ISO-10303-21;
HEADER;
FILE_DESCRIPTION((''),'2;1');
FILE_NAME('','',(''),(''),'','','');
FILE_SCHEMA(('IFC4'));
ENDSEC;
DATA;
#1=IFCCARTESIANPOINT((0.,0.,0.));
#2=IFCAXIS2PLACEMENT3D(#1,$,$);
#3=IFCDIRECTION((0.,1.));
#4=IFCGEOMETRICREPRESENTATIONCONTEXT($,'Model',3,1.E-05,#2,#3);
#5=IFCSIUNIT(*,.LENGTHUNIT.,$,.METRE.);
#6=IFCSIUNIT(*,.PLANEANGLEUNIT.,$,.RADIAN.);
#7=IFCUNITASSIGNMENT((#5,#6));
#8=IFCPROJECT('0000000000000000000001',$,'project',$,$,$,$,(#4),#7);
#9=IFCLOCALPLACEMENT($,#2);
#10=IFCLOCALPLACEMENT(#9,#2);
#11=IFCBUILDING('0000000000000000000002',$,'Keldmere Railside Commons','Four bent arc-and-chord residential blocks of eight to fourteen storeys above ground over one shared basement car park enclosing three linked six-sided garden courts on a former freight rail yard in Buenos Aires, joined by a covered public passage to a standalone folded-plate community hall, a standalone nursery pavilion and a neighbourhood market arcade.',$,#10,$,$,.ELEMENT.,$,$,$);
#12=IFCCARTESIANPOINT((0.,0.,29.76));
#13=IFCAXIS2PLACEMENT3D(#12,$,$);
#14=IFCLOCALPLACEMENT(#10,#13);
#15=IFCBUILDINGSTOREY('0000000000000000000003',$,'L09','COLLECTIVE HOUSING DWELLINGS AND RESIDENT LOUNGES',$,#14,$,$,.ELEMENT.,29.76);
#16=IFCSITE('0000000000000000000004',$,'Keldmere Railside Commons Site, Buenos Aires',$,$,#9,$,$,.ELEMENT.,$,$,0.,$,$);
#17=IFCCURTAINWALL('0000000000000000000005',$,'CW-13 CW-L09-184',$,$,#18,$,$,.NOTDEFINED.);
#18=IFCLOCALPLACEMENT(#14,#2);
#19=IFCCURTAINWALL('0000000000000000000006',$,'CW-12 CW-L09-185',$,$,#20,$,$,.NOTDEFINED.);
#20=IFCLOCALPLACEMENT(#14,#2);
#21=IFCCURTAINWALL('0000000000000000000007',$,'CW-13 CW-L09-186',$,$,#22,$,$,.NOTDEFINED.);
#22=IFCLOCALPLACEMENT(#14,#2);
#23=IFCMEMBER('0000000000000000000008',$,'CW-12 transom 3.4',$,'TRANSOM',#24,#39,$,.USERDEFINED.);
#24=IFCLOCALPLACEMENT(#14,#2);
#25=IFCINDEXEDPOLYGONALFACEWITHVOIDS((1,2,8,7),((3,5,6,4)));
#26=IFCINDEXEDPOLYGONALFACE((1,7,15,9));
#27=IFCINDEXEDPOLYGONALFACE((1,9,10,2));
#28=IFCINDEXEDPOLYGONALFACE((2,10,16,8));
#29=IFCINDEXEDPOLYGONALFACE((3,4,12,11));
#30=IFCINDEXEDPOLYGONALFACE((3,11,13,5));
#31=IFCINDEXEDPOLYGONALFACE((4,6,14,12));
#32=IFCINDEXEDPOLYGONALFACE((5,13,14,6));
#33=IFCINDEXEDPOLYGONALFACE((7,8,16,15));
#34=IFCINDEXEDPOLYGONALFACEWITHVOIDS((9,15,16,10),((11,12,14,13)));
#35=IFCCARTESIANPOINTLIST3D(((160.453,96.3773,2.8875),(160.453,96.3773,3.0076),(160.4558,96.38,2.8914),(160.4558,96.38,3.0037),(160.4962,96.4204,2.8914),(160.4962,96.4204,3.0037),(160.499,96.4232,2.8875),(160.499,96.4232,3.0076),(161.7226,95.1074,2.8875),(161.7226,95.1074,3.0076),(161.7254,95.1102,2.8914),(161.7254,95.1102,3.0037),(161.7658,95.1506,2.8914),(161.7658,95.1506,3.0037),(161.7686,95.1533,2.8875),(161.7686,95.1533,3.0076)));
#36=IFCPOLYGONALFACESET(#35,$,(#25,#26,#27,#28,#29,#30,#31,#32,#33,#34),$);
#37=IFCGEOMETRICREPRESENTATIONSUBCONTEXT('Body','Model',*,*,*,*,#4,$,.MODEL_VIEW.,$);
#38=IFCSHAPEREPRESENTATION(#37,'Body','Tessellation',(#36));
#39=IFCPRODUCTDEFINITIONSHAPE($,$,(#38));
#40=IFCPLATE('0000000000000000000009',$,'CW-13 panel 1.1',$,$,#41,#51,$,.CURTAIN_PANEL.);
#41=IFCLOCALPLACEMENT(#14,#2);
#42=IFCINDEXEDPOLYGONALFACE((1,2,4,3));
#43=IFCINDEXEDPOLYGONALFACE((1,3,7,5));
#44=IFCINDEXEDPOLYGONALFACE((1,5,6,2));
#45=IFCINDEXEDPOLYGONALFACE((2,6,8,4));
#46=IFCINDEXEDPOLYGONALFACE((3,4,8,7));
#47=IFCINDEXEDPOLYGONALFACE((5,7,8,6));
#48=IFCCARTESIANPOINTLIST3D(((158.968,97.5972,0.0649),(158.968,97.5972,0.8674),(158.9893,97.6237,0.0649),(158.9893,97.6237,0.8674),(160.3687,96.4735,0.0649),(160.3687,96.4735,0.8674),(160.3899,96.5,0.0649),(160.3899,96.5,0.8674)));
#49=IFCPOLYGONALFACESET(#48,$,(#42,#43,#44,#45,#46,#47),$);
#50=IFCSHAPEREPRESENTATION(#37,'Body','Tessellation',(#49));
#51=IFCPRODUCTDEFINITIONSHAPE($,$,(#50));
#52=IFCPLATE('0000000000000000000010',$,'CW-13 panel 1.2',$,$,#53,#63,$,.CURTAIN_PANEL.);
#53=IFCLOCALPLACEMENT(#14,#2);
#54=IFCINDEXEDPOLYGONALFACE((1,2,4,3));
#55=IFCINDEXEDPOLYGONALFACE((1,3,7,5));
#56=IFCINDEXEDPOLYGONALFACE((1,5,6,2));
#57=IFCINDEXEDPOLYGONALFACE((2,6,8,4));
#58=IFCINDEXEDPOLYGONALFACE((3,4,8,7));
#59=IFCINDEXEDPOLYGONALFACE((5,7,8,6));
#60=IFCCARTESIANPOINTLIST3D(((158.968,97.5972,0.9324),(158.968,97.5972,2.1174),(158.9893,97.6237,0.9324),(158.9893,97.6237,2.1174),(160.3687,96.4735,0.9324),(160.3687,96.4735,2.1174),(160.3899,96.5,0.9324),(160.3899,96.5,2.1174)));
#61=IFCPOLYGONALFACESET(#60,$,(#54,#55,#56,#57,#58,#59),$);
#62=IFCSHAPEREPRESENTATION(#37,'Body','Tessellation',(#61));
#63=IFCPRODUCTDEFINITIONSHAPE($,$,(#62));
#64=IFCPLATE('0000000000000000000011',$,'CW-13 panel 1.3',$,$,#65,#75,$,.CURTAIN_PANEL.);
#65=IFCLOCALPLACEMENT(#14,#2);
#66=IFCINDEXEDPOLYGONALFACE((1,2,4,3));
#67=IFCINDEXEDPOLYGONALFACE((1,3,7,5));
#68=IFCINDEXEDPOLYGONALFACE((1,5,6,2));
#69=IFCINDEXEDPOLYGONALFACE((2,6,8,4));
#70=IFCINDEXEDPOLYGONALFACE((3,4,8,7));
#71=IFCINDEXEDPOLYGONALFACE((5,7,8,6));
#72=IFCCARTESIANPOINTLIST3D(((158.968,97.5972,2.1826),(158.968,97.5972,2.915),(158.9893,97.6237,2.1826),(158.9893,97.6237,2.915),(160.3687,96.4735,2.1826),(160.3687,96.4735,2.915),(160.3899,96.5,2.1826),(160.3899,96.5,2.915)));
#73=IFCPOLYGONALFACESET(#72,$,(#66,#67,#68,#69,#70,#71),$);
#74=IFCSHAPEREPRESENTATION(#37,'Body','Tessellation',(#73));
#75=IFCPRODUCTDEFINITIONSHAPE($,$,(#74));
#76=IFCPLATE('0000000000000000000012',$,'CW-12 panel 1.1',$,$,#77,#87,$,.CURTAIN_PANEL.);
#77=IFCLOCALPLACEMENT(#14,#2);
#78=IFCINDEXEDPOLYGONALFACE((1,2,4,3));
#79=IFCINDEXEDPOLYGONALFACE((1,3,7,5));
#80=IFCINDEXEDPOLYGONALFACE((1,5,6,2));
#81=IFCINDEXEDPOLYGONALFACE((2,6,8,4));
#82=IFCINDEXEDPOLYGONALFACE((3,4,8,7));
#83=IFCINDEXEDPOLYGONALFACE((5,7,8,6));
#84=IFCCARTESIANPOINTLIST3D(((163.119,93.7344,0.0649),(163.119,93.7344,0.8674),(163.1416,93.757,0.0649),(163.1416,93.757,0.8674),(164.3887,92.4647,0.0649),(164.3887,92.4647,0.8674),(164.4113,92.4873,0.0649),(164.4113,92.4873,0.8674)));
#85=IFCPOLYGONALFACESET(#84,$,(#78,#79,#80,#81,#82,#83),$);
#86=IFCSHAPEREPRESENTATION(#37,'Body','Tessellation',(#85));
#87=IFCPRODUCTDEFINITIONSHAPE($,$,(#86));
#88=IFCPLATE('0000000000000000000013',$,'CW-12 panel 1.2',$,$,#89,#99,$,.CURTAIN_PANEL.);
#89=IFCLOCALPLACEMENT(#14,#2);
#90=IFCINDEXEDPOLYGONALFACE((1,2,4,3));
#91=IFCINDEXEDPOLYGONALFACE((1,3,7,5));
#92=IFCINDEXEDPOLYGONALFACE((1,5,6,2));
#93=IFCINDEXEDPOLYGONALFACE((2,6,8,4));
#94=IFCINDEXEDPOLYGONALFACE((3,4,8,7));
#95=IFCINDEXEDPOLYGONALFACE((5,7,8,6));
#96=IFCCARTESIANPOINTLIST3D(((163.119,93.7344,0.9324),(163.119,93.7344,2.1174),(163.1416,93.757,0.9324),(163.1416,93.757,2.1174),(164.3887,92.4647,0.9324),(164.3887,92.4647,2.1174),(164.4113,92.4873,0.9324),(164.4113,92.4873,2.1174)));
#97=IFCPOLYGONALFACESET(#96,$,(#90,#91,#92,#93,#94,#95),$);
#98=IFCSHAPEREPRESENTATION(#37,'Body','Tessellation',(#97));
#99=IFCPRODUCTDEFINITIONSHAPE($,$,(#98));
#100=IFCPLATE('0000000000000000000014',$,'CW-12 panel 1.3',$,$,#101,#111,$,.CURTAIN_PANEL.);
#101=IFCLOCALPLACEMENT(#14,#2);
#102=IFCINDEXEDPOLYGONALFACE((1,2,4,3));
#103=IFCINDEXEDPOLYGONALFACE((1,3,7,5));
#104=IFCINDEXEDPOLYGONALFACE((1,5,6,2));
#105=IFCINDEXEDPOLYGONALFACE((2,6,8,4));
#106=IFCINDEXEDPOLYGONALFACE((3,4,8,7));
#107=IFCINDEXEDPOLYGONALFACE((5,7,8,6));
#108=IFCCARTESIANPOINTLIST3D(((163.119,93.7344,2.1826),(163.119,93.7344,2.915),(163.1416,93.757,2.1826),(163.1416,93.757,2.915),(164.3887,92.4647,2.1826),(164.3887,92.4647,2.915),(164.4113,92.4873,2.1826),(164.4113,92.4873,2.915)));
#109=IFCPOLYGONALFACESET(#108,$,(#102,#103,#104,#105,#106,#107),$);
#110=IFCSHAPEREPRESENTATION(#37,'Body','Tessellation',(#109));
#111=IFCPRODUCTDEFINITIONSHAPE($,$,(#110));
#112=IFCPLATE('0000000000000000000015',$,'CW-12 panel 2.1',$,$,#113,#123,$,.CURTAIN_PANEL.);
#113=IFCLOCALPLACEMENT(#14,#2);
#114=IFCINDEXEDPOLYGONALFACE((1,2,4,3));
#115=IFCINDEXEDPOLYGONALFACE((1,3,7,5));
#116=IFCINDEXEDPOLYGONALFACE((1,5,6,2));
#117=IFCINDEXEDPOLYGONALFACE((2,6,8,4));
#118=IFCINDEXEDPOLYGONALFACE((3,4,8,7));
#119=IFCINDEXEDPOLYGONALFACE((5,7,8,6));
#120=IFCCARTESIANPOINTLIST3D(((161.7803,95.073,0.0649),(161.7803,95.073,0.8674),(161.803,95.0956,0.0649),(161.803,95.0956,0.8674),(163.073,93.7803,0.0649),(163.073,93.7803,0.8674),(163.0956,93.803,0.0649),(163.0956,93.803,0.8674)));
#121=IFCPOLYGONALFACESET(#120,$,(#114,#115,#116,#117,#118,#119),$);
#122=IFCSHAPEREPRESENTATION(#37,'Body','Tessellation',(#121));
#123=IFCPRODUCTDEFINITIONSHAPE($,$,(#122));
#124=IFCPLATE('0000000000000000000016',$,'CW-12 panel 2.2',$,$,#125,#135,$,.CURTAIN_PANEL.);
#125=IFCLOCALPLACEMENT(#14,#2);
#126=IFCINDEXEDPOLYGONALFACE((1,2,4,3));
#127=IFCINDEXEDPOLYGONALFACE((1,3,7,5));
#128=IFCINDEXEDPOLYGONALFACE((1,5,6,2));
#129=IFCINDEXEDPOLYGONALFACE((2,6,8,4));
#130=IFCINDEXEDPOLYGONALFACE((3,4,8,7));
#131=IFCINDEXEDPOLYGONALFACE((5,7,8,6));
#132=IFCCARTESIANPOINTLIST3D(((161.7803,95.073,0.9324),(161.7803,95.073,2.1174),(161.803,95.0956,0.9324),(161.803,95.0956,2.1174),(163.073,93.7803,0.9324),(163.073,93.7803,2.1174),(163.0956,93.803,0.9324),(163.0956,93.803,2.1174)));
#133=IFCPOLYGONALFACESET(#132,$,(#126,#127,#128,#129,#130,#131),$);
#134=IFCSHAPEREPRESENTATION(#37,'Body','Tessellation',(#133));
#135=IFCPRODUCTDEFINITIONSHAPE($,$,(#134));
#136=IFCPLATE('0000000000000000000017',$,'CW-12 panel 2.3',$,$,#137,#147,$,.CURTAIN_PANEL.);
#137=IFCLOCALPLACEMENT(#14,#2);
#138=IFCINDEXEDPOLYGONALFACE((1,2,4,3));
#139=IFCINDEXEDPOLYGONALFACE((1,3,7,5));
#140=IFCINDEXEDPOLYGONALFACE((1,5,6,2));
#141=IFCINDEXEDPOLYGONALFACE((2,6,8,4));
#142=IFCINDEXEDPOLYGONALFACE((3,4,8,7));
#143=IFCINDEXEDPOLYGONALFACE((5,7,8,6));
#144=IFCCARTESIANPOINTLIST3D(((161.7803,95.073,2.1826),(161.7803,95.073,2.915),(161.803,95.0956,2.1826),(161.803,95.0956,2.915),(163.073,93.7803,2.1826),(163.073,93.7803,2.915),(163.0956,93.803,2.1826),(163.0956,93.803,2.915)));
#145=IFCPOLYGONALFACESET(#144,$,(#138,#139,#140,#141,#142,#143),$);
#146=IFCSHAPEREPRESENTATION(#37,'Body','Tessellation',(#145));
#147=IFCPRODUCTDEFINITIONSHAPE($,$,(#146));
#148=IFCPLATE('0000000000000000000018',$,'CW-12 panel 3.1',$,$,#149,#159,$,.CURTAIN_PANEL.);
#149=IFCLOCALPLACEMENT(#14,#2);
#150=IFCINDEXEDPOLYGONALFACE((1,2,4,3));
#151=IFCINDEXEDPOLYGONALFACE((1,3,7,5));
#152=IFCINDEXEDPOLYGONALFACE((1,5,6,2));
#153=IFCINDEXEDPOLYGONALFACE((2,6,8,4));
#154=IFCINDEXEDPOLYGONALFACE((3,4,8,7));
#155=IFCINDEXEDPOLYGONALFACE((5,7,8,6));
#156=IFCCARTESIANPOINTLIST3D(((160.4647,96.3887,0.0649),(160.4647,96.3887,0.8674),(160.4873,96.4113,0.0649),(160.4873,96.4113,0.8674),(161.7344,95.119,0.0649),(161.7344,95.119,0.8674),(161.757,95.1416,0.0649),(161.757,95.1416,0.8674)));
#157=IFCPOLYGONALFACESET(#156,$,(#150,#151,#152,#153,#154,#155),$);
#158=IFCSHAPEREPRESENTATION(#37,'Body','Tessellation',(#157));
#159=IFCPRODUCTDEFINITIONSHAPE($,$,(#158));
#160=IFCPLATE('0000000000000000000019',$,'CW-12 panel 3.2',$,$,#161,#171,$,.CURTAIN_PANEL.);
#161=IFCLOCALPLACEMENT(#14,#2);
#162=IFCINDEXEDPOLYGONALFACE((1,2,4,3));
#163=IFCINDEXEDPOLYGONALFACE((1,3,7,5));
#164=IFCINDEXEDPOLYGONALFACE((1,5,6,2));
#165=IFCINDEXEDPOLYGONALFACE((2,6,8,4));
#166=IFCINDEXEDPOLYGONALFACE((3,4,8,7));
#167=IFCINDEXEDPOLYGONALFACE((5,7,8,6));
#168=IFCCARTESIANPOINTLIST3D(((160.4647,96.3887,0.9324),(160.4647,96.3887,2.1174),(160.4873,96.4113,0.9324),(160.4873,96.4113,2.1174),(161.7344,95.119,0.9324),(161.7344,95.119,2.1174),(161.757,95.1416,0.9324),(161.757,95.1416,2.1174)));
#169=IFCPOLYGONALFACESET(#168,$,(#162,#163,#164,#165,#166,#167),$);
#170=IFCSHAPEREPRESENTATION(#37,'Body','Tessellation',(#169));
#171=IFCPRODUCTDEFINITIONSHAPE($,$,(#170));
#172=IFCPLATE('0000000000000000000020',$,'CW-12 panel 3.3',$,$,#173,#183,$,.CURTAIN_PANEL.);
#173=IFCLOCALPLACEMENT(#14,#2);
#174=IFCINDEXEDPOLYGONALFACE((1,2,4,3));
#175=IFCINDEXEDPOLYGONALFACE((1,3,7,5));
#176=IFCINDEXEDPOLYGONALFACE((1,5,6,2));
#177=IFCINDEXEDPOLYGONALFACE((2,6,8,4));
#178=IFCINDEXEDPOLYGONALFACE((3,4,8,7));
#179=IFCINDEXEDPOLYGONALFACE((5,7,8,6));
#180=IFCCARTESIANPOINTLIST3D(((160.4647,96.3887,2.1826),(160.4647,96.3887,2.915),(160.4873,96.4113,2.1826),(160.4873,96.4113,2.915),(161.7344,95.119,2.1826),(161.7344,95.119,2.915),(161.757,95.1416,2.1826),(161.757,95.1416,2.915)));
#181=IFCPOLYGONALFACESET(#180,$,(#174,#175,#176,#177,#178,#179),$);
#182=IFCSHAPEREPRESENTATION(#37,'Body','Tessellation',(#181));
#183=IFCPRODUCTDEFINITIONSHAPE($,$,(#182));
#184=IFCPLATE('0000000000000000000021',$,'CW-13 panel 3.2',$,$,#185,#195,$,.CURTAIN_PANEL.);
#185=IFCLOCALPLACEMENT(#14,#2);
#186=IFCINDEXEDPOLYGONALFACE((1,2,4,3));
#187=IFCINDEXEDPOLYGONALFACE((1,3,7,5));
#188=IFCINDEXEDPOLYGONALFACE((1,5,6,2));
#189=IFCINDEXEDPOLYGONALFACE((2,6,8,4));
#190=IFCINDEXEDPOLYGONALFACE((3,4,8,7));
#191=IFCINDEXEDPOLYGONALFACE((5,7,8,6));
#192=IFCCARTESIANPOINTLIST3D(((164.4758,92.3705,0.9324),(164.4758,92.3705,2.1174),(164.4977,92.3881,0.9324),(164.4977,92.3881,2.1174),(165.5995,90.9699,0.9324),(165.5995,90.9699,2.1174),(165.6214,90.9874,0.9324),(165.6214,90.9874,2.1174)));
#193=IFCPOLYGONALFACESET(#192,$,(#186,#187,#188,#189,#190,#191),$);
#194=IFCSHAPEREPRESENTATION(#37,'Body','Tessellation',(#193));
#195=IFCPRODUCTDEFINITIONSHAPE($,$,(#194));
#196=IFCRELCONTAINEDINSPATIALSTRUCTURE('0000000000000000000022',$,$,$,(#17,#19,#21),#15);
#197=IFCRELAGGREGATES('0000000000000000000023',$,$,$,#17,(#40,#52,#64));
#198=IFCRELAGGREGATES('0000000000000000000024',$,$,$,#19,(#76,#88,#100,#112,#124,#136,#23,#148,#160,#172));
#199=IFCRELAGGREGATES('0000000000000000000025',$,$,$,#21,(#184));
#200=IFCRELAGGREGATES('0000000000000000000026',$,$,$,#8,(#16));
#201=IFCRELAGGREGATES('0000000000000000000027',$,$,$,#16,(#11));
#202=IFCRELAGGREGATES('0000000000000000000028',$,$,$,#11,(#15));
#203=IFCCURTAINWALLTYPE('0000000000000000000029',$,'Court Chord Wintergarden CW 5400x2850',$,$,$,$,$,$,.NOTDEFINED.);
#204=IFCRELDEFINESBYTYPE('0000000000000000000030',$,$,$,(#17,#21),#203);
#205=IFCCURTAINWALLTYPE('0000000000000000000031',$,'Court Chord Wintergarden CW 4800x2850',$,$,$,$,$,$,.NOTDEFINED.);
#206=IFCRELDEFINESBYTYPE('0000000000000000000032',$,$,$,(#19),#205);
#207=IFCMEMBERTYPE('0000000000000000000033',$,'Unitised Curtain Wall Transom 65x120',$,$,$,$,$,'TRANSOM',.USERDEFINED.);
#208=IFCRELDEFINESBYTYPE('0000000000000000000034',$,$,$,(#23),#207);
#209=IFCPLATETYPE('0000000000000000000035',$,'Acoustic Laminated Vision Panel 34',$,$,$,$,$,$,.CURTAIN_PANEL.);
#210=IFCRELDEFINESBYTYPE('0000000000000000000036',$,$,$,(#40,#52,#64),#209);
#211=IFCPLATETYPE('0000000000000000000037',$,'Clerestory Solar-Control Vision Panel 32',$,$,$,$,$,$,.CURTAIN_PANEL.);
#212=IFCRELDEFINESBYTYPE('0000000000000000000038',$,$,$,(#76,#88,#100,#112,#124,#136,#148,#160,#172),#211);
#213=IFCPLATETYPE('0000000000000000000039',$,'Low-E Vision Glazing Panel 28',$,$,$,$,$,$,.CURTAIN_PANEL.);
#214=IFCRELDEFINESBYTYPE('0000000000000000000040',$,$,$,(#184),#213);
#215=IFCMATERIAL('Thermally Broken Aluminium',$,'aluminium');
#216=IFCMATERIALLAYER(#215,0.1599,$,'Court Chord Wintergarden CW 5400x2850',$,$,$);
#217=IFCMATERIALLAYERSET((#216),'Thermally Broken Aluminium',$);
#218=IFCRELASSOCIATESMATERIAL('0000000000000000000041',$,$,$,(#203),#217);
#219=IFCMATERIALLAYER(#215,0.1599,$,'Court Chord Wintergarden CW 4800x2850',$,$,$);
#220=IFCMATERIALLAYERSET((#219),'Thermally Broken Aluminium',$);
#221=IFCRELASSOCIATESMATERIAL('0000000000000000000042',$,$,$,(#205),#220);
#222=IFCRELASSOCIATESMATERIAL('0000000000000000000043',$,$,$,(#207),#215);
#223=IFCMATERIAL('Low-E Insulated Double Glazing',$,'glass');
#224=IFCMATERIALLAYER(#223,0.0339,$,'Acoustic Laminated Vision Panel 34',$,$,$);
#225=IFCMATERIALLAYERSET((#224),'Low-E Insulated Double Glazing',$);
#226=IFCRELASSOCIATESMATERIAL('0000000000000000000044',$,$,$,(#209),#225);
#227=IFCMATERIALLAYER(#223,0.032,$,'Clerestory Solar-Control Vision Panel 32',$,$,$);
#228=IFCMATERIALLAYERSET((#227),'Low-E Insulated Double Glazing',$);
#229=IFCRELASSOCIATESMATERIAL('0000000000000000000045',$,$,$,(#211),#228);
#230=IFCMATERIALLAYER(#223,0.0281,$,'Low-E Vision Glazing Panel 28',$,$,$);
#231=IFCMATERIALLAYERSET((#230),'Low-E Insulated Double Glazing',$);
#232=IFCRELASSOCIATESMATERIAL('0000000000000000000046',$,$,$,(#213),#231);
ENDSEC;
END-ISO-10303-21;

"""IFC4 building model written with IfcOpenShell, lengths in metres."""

from ifc_helpers import new_model, si_unit, direction, frame, origin, origin_2d, place, context, subcontext, project, spatial, rectangle, hollow_rectangle, extrude, material, layer, layer_set, material_profile, profile_set, type_object, element, aggregate, save


model = new_model("IFC4")

# Units and contexts
model_context = context("Model", 3, precision=1e-05, world=origin(), true_north=direction((0.0, 1.0)))
body_context = subcontext(model_context, "Body", "Model", "MODEL_VIEW")
ifc_project = project(units=[si_unit("LENGTHUNIT", "METRE"), si_unit("PLANEANGLEUNIT", "RADIAN")], contexts=[model_context])

# Site, building, storey
site_placement = place(None, origin())
site = spatial("IfcSite", under=ifc_project, at=site_placement, Name="Keldmere Railside Commons Site, Buenos Aires", CompositionType="ELEMENT", RefElevation=0.0)
building_placement = place(site_placement, origin())
building = spatial("IfcBuilding", under=site, at=building_placement, Name="Keldmere Railside Commons", Description="Four bent arc-and-chord residential blocks of eight to fourteen storeys above ground over one shared basement car park enclosing three linked six-sided garden courts on a former freight rail yard in Buenos Aires, joined by a covered public passage to a standalone folded-plate community hall, a standalone nursery pavilion and a neighbourhood market arcade.", CompositionType="ELEMENT")
storey_placement = place(building_placement, frame((0.0, 0.0, 29.76)))
storey = spatial("IfcBuildingStorey", under=building, at=storey_placement, Name="L09", Description="COLLECTIVE HOUSING DWELLINGS AND RESIDENT LOUNGES", CompositionType="ELEMENT", Elevation=29.76)

# Curtain walls
ifc_material_1 = material(Name="Thermally Broken Aluminium", Category="aluminium")
ifc_layer_1 = layer(ifc_material_1, 0.1599, Name="Court Chord Wintergarden CW 5400x2850")
ifc_layer_set_1 = layer_set([ifc_layer_1], Name="Thermally Broken Aluminium")
curtain_wall_type_1 = type_object("IfcCurtainWallType", Name="Court Chord Wintergarden CW 5400x2850", PredefinedType="NOTDEFINED", material=ifc_layer_set_1)
curtain_wall_1_placement = place(storey_placement, origin())
curtain_wall_1 = element("IfcCurtainWall", 1, at=curtain_wall_1_placement, inside=storey, type_object=curtain_wall_type_1, Name="CW-13 CW-L09-184", PredefinedType="NOTDEFINED")
ifc_layer_2 = layer(ifc_material_1, 0.1599, Name="Court Chord Wintergarden CW 4800x2850")
ifc_layer_set_2 = layer_set([ifc_layer_2], Name="Thermally Broken Aluminium")
curtain_wall_type_2 = type_object("IfcCurtainWallType", Name="Court Chord Wintergarden CW 4800x2850", PredefinedType="NOTDEFINED", material=ifc_layer_set_2)
curtain_wall_2_placement = place(storey_placement, origin())
curtain_wall_2 = element("IfcCurtainWall", 2, at=curtain_wall_2_placement, inside=storey, type_object=curtain_wall_type_2, Name="CW-12 CW-L09-185", PredefinedType="NOTDEFINED")

# Curtain wall
curtain_wall_3_placement = place(storey_placement, origin())
curtain_wall_3 = element("IfcCurtainWall", 3, at=curtain_wall_3_placement, inside=storey, type_object=curtain_wall_type_1, Name="CW-13 CW-L09-186", PredefinedType="NOTDEFINED")

# Member
ifc_material_profile_1 = material_profile(ifc_material_1, hollow_rectangle(XDim=0.0649, YDim=0.1201, WallThickness=0.0039, at=origin_2d()), Name="ALU-TRAN-65x120")
ifc_profile_set_1 = profile_set([ifc_material_profile_1], Name="Thermally Broken Aluminium")
member_type_1 = type_object("IfcMemberType", Name="Unitised Curtain Wall Transom 65x120", ElementType="TRANSOM", PredefinedType="USERDEFINED", material=ifc_profile_set_1)
member_1_placement = place(storey_placement, frame((161.7456, 95.1304, 2.9475), z_axis=(-0.707039, 0.707175, 0.0), x_axis=(-0.707175, -0.707039, 0.0)))
member_1 = element("IfcMember", 4, at=member_1_placement, type_object=member_type_1, Name="CW-12 transom 3.4", ObjectType="TRANSOM", PredefinedType="USERDEFINED", context=body_context, shape_type="SweptSolid", body=[
    extrude(hollow_rectangle(XDim=0.0649, YDim=0.1201, WallThickness=0.0039, at=origin_2d()), origin(), (0.0, 0.0, 1.0), 1.7957),
])

# Plates
ifc_material_2 = material(Name="Low-E Insulated Double Glazing", Category="glass")
ifc_layer_3 = layer(ifc_material_2, 0.0339, Name="Acoustic Laminated Vision Panel 34")
ifc_layer_set_3 = layer_set([ifc_layer_3], Name="Low-E Insulated Double Glazing")
plate_type_1 = type_object("IfcPlateType", Name="Acoustic Laminated Vision Panel 34", PredefinedType="CURTAIN_PANEL", material=ifc_layer_set_3)
plate_1_placement = place(storey_placement, frame((159.679, 97.0486, 0.0649), z_axis=(0.0, 0.0, 1.0), x_axis=(-0.780009, 0.625768, 0.0)))
plate_1 = element("IfcPlate", 5, at=plate_1_placement, type_object=plate_type_1, Name="CW-13 panel 1.1", PredefinedType="CURTAIN_PANEL", context=body_context, shape_type="SweptSolid", body=[
    extrude(rectangle(XDim=1.7957, YDim=0.0339, at=origin_2d()), origin(), (0.0, 0.0, 1.0), 0.8025),
])
plate_2_placement = place(storey_placement, frame((159.679, 97.0486, 0.9324), z_axis=(0.0, 0.0, 1.0), x_axis=(-0.780009, 0.625768, 0.0)))
plate_2 = element("IfcPlate", 6, at=plate_2_placement, type_object=plate_type_1, Name="CW-13 panel 1.2", PredefinedType="CURTAIN_PANEL", context=body_context, shape_type="SweptSolid", body=[
    extrude(rectangle(XDim=1.7957, YDim=0.0339, at=origin_2d()), origin(), (0.0, 0.0, 1.0), 1.1851),
])
plate_3_placement = place(storey_placement, frame((159.679, 97.0486, 2.1826), z_axis=(0.0, 0.0, 1.0), x_axis=(-0.780009, 0.625768, 0.0)))
plate_3 = element("IfcPlate", 7, at=plate_3_placement, type_object=plate_type_1, Name="CW-13 panel 1.3", PredefinedType="CURTAIN_PANEL", context=body_context, shape_type="SweptSolid", body=[
    extrude(rectangle(XDim=1.7957, YDim=0.0339, at=origin_2d()), origin(), (0.0, 0.0, 1.0), 0.7324),
])
aggregate(curtain_wall_1, [plate_1, plate_2, plate_3])
ifc_layer_4 = layer(ifc_material_2, 0.032, Name="Clerestory Solar-Control Vision Panel 32")
ifc_layer_set_4 = layer_set([ifc_layer_4], Name="Low-E Insulated Double Glazing")
plate_type_2 = type_object("IfcPlateType", Name="Clerestory Solar-Control Vision Panel 32", PredefinedType="CURTAIN_PANEL", material=ifc_layer_set_4)
plate_4_placement = place(storey_placement, frame((163.7651, 93.1108, 0.0649), z_axis=(0.0, 0.0, 1.0), x_axis=(-0.707107, 0.707107, 0.0)))
plate_4 = element("IfcPlate", 8, at=plate_4_placement, type_object=plate_type_2, Name="CW-12 panel 1.1", PredefinedType="CURTAIN_PANEL", context=body_context, shape_type="SweptSolid", body=[
    extrude(rectangle(XDim=1.7957, YDim=0.032, at=origin_2d()), origin(), (0.0, 0.0, 1.0), 0.8025),
])
plate_5_placement = place(storey_placement, frame((163.7651, 93.1108, 0.9324), z_axis=(0.0, 0.0, 1.0), x_axis=(-0.707107, 0.707107, 0.0)))
plate_5 = element("IfcPlate", 9, at=plate_5_placement, type_object=plate_type_2, Name="CW-12 panel 1.2", PredefinedType="CURTAIN_PANEL", context=body_context, shape_type="SweptSolid", body=[
    extrude(rectangle(XDim=1.7957, YDim=0.032, at=origin_2d()), origin(), (0.0, 0.0, 1.0), 1.1851),
])
plate_6_placement = place(storey_placement, frame((163.7651, 93.1108, 2.1826), z_axis=(0.0, 0.0, 1.0), x_axis=(-0.707107, 0.707107, 0.0)))
plate_6 = element("IfcPlate", 10, at=plate_6_placement, type_object=plate_type_2, Name="CW-12 panel 1.3", PredefinedType="CURTAIN_PANEL", context=body_context, shape_type="SweptSolid", body=[
    extrude(rectangle(XDim=1.7957, YDim=0.032, at=origin_2d()), origin(), (0.0, 0.0, 1.0), 0.7324),
])
plate_7_placement = place(storey_placement, frame((162.438, 94.438, 0.0649), z_axis=(0.0, 0.0, 1.0), x_axis=(-0.707107, 0.707107, 0.0)))
plate_7 = element("IfcPlate", 11, at=plate_7_placement, type_object=plate_type_2, Name="CW-12 panel 2.1", PredefinedType="CURTAIN_PANEL", context=body_context, shape_type="SweptSolid", body=[
    extrude(rectangle(XDim=1.8281, YDim=0.032, at=origin_2d()), origin(), (0.0, 0.0, 1.0), 0.8025),
])
plate_8_placement = place(storey_placement, frame((162.438, 94.438, 0.9324), z_axis=(0.0, 0.0, 1.0), x_axis=(-0.707107, 0.707107, 0.0)))
plate_8 = element("IfcPlate", 12, at=plate_8_placement, type_object=plate_type_2, Name="CW-12 panel 2.2", PredefinedType="CURTAIN_PANEL", context=body_context, shape_type="SweptSolid", body=[
    extrude(rectangle(XDim=1.8281, YDim=0.032, at=origin_2d()), origin(), (0.0, 0.0, 1.0), 1.1851),
])
plate_9_placement = place(storey_placement, frame((162.438, 94.438, 2.1826), z_axis=(0.0, 0.0, 1.0), x_axis=(-0.707107, 0.707107, 0.0)))
plate_9 = element("IfcPlate", 13, at=plate_9_placement, type_object=plate_type_2, Name="CW-12 panel 2.3", PredefinedType="CURTAIN_PANEL", context=body_context, shape_type="SweptSolid", body=[
    extrude(rectangle(XDim=1.8281, YDim=0.032, at=origin_2d()), origin(), (0.0, 0.0, 1.0), 0.7324),
])
plate_10_placement = place(storey_placement, frame((161.1108, 95.7651, 0.0649), z_axis=(0.0, 0.0, 1.0), x_axis=(-0.707107, 0.707107, 0.0)))
plate_10 = element("IfcPlate", 14, at=plate_10_placement, type_object=plate_type_2, Name="CW-12 panel 3.1", PredefinedType="CURTAIN_PANEL", context=body_context, shape_type="SweptSolid", body=[
    extrude(rectangle(XDim=1.7957, YDim=0.032, at=origin_2d()), origin(), (0.0, 0.0, 1.0), 0.8025),
])
plate_11_placement = place(storey_placement, frame((161.1108, 95.7651, 0.9324), z_axis=(0.0, 0.0, 1.0), x_axis=(-0.707107, 0.707107, 0.0)))
plate_11 = element("IfcPlate", 15, at=plate_11_placement, type_object=plate_type_2, Name="CW-12 panel 3.2", PredefinedType="CURTAIN_PANEL", context=body_context, shape_type="SweptSolid", body=[
    extrude(rectangle(XDim=1.7957, YDim=0.032, at=origin_2d()), origin(), (0.0, 0.0, 1.0), 1.1851),
])
plate_12_placement = place(storey_placement, frame((161.1108, 95.7651, 2.1826), z_axis=(0.0, 0.0, 1.0), x_axis=(-0.707107, 0.707107, 0.0)))
plate_12 = element("IfcPlate", 16, at=plate_12_placement, type_object=plate_type_2, Name="CW-12 panel 3.3", PredefinedType="CURTAIN_PANEL", context=body_context, shape_type="SweptSolid", body=[
    extrude(rectangle(XDim=1.7957, YDim=0.032, at=origin_2d()), origin(), (0.0, 0.0, 1.0), 0.7324),
])
aggregate(curtain_wall_2, [plate_4, plate_5, plate_6, plate_7, plate_8, plate_9, member_1, plate_10, plate_11, plate_12])
ifc_layer_5 = layer(ifc_material_2, 0.0281, Name="Low-E Vision Glazing Panel 28")
ifc_layer_set_5 = layer_set([ifc_layer_5], Name="Low-E Insulated Double Glazing")
plate_type_3 = type_object("IfcPlateType", Name="Low-E Vision Glazing Panel 28", PredefinedType="CURTAIN_PANEL", material=ifc_layer_set_5)
plate_13_placement = place(storey_placement, frame((165.0486, 91.679, 0.9324), z_axis=(0.0, 0.0, 1.0), x_axis=(-0.625768, 0.780009, 0.0)))
plate_13 = element("IfcPlate", 17, at=plate_13_placement, type_object=plate_type_3, Name="CW-13 panel 3.2", PredefinedType="CURTAIN_PANEL", context=body_context, shape_type="SweptSolid", body=[
    extrude(rectangle(XDim=1.7957, YDim=0.0281, at=origin_2d()), origin(), (0.0, 0.0, 1.0), 1.1851),
])
aggregate(curtain_wall_3, [plate_13])

save(model, "model.ifc")
